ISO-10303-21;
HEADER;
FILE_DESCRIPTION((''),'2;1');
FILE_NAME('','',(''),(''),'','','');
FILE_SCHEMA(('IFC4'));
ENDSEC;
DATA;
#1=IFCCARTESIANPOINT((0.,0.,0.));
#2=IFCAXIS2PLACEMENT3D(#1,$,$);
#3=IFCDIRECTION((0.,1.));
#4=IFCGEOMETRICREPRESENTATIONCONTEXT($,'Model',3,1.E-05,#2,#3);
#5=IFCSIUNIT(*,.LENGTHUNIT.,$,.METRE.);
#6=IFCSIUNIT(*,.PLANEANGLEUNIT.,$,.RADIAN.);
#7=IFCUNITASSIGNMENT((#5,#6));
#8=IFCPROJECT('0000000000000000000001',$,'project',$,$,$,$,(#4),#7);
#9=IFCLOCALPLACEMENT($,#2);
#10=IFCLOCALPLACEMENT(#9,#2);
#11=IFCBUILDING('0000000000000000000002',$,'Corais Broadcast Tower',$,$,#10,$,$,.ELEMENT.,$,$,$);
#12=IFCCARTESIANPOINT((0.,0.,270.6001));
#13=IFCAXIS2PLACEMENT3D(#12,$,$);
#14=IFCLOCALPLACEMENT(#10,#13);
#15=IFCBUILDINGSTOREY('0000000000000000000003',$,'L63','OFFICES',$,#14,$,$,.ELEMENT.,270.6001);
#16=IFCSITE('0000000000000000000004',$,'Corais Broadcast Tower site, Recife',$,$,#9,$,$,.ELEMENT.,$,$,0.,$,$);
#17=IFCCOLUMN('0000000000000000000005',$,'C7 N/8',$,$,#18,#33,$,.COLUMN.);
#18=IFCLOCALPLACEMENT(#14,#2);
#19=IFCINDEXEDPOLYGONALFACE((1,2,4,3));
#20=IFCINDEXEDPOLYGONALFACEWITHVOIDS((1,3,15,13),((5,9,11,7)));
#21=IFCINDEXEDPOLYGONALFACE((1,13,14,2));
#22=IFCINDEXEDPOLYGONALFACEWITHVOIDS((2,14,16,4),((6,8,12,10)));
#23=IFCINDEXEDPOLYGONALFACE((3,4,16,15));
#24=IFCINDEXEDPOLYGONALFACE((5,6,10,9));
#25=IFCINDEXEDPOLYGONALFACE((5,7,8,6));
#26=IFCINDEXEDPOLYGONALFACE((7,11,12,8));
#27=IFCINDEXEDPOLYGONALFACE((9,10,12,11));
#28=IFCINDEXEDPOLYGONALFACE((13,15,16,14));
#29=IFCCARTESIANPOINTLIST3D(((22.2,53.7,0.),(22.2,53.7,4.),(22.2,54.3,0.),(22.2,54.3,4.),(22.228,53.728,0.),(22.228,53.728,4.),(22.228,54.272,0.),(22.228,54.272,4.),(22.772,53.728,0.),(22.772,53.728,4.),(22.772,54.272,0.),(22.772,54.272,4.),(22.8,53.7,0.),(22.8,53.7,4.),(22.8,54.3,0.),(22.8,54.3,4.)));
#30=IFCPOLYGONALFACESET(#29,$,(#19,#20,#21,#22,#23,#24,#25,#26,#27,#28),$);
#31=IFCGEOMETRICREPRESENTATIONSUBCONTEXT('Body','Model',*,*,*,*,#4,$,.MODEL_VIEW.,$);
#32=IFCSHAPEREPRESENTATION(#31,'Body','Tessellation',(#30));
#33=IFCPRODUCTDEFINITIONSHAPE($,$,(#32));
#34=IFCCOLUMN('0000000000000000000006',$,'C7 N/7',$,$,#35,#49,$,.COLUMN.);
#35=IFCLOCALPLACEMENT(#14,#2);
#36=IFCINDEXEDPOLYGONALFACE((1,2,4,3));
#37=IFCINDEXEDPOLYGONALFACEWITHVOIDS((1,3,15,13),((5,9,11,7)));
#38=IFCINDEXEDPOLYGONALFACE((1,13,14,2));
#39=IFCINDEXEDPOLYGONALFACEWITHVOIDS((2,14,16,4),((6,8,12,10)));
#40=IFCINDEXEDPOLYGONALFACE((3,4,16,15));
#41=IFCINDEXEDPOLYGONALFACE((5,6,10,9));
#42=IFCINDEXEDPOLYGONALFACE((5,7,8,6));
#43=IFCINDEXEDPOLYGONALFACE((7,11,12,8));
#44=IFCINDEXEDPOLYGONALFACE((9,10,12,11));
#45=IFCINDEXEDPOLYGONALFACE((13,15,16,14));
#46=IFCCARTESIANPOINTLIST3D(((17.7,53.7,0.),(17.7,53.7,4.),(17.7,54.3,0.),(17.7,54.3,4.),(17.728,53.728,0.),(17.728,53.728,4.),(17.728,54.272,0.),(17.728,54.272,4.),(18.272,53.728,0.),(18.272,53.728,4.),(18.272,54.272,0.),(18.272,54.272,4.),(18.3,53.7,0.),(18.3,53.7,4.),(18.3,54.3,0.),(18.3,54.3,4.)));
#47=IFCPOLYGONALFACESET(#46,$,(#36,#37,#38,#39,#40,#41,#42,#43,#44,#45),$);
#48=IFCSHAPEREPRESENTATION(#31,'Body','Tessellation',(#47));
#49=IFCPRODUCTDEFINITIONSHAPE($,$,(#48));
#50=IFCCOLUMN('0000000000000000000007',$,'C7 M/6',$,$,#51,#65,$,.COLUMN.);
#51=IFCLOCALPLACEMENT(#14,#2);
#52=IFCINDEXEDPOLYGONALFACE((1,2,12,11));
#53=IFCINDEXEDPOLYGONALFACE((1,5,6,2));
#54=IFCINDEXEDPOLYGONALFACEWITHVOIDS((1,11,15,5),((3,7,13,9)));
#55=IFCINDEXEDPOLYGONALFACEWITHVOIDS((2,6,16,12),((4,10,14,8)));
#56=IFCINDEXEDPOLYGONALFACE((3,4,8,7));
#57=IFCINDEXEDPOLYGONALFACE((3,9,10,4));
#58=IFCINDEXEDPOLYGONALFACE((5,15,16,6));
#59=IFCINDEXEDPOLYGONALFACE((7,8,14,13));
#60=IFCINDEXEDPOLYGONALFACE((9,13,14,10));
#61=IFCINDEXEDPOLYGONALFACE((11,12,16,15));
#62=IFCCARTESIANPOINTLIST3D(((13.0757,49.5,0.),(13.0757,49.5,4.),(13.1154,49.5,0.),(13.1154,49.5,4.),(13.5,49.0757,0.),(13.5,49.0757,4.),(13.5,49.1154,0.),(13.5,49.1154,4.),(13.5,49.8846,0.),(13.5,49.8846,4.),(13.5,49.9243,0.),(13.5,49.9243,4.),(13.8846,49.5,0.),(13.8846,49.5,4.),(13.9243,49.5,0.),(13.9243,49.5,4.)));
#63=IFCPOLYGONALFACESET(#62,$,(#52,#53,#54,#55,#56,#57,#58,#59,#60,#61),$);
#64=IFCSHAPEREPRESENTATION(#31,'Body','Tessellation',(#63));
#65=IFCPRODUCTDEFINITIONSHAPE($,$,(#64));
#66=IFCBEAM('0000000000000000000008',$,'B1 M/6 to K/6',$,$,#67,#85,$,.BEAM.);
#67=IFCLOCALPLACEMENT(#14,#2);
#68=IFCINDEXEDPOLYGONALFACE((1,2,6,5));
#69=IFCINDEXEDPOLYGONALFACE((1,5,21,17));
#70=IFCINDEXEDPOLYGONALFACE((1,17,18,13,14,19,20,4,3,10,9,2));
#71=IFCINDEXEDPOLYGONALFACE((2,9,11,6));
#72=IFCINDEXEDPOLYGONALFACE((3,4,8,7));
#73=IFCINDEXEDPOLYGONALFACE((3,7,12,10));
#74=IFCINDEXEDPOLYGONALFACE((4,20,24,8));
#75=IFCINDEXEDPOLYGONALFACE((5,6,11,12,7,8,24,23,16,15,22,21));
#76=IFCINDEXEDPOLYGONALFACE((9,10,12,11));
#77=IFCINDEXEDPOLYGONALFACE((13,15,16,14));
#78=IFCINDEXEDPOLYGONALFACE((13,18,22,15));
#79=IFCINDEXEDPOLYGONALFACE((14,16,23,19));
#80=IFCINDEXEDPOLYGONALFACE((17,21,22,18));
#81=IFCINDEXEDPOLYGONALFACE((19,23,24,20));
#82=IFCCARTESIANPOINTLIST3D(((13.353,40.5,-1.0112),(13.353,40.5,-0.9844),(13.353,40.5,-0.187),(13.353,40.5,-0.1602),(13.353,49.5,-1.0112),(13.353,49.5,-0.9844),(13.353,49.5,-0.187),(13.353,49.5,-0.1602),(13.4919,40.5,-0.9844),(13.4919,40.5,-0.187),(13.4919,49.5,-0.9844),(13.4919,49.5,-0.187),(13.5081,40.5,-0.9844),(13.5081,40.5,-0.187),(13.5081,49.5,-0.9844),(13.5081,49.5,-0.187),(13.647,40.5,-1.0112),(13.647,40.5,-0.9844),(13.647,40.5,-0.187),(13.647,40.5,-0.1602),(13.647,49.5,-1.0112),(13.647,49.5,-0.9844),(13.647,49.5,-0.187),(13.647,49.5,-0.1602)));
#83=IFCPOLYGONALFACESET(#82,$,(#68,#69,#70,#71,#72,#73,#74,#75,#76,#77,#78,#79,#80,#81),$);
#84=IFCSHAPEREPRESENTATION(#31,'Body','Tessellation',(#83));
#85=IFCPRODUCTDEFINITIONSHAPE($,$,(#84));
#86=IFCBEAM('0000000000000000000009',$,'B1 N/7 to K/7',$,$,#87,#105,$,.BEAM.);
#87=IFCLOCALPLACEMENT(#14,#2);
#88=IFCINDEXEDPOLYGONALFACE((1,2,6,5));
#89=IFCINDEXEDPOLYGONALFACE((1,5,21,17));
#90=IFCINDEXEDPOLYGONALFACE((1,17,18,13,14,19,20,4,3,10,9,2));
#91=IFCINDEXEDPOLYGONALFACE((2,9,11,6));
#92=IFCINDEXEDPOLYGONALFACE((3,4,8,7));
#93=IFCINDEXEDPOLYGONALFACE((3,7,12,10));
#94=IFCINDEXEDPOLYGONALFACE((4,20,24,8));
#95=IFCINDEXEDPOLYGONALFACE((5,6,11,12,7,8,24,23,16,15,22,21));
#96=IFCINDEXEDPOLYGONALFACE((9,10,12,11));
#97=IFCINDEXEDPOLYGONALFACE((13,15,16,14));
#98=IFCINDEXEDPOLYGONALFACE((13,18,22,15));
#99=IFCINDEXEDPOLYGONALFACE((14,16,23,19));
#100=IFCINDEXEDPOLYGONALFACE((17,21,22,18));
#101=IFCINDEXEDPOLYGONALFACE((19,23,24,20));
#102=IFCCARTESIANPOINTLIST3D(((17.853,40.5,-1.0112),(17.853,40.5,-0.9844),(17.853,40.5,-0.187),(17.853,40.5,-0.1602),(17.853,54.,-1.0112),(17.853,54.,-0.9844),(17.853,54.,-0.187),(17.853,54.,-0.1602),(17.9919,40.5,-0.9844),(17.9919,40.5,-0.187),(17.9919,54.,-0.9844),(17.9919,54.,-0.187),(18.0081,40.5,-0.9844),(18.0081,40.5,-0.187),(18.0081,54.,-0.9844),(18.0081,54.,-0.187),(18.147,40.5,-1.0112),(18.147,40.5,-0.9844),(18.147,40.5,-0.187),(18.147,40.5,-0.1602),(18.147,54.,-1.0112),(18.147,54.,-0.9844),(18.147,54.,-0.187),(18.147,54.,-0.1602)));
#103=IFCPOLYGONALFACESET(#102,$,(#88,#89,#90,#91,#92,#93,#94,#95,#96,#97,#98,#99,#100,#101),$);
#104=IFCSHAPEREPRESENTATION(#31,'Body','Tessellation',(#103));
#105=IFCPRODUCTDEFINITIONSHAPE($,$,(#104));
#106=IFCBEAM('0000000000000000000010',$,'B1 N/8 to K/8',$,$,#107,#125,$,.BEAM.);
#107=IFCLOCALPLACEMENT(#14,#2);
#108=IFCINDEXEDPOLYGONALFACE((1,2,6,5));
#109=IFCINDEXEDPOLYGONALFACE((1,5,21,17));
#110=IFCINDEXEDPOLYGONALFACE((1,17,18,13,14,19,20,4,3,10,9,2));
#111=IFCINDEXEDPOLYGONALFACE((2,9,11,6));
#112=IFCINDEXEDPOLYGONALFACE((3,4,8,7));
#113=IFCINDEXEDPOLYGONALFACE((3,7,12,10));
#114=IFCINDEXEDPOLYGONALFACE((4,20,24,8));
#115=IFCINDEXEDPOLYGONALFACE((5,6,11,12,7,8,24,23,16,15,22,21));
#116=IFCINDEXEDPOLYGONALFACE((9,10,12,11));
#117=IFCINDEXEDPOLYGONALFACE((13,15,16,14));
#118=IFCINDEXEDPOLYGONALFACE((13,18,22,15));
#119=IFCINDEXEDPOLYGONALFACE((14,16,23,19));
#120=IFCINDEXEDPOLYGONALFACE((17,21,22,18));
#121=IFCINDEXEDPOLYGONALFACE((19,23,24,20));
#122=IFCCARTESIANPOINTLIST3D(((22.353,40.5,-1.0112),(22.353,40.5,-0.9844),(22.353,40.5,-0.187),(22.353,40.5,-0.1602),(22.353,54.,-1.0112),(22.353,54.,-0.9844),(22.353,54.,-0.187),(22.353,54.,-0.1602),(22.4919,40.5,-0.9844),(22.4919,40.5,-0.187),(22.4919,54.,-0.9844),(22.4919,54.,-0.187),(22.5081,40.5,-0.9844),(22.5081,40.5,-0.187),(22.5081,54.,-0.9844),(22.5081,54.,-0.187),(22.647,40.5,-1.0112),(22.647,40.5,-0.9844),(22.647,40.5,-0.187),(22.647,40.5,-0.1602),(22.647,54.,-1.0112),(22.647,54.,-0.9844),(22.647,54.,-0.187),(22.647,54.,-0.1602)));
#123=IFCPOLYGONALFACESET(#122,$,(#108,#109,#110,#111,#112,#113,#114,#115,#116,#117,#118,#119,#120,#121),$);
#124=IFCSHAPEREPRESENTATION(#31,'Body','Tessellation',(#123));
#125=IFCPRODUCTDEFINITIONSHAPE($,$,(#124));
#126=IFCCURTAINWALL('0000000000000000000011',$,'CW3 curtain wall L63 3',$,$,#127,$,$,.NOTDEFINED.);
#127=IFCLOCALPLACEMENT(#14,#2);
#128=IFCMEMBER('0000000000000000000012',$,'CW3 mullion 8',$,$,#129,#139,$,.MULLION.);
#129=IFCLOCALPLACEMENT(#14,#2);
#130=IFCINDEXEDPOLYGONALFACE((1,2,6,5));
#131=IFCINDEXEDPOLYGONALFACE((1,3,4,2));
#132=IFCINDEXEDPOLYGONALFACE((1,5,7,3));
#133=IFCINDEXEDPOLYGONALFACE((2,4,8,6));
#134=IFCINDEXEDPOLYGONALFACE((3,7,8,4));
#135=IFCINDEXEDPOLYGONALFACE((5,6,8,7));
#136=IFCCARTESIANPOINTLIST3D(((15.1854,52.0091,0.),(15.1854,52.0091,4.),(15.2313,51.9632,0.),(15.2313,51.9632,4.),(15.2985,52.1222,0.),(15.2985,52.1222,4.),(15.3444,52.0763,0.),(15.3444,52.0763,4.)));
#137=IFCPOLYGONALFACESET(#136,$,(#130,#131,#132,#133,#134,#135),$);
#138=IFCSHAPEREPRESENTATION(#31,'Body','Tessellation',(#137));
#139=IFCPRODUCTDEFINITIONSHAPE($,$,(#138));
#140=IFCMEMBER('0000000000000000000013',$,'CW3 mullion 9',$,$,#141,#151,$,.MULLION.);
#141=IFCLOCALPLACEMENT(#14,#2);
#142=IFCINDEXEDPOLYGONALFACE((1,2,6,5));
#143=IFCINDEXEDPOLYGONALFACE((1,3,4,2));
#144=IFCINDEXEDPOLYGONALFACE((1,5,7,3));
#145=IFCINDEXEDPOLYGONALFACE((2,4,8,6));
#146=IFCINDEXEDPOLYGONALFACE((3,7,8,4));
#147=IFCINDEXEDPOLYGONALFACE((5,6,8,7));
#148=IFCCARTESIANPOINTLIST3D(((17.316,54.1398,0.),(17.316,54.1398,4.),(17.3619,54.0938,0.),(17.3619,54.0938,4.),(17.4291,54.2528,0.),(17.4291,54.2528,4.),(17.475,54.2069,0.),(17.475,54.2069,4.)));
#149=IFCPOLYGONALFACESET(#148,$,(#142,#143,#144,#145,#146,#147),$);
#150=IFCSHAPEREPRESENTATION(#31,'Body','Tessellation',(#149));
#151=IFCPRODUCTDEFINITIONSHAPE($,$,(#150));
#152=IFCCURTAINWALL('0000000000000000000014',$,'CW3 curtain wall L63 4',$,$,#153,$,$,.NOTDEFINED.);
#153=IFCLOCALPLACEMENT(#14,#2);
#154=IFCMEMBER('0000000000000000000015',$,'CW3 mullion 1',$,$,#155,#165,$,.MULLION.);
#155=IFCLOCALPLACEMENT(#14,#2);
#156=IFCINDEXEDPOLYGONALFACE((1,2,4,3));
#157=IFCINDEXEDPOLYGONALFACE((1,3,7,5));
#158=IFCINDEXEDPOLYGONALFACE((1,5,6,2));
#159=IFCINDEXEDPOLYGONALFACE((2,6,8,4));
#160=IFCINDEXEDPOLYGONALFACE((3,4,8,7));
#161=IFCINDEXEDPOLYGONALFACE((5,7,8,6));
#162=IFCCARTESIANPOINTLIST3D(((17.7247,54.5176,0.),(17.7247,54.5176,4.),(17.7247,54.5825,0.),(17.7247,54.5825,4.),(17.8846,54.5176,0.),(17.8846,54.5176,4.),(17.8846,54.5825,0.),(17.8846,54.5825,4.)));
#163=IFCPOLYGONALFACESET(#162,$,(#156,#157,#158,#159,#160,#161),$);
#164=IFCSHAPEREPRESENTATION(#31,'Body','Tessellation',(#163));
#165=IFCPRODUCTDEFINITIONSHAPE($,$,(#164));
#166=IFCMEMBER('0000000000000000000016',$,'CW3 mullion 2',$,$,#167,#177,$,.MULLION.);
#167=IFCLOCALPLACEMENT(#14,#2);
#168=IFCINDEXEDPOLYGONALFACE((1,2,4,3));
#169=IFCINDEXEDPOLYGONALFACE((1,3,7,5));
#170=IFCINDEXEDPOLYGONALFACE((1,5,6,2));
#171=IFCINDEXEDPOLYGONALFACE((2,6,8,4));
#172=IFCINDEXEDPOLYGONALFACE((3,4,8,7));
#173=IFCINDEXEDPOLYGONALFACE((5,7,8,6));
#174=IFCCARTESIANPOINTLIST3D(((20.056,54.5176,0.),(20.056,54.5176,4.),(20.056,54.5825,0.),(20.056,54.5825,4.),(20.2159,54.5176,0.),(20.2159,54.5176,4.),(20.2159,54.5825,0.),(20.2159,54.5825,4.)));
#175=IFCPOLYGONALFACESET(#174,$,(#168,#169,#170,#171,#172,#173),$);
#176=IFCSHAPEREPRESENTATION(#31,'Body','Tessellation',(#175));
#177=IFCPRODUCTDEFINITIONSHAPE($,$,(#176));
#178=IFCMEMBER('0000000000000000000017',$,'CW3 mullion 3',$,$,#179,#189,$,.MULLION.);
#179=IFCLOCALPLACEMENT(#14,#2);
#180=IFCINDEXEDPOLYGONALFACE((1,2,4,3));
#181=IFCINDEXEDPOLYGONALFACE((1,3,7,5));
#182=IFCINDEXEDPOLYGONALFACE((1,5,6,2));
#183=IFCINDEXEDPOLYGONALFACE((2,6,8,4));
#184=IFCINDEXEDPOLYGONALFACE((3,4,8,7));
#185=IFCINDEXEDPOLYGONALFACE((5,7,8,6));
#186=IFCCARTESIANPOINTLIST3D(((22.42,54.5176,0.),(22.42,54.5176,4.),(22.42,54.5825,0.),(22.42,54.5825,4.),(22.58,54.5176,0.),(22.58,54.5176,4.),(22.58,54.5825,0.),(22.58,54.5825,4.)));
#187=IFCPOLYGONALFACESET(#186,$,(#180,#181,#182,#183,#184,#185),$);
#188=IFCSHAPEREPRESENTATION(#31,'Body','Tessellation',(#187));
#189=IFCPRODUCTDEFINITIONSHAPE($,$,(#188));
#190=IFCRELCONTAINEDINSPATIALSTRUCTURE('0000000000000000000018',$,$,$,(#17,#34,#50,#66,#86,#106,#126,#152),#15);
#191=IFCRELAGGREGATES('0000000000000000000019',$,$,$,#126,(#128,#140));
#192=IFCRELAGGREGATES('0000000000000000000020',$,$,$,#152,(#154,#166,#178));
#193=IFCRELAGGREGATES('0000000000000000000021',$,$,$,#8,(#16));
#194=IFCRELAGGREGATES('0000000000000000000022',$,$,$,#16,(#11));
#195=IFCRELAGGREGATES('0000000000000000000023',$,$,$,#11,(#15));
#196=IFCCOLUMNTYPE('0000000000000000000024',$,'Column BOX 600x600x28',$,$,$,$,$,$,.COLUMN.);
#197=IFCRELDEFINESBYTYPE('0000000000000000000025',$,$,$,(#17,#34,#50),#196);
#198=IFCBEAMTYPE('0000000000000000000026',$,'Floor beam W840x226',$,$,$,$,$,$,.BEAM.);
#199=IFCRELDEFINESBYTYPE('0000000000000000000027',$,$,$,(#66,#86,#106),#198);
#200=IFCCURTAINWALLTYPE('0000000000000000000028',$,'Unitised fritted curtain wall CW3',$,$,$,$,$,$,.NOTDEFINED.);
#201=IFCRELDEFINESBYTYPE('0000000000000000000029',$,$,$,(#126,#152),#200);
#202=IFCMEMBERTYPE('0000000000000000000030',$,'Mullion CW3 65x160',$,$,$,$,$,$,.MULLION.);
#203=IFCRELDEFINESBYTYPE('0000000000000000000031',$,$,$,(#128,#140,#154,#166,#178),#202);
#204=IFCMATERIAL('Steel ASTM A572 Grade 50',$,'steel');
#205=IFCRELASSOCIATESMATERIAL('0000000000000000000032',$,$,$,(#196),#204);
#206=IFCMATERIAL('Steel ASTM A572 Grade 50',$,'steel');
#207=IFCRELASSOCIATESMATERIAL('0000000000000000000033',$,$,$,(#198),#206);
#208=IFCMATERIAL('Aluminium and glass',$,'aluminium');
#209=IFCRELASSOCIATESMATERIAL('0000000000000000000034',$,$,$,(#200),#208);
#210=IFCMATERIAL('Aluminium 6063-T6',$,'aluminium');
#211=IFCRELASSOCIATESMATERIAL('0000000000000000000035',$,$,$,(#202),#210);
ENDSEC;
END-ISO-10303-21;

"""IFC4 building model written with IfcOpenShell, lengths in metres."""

from ifc_helpers import new_model, si_unit, direction, frame, origin, origin_2d, place, context, subcontext, project, spatial, rectangle, hollow_rectangle, i_section, extrude, material, material_profile, profile_set, type_object, element, aggregate, save


model = new_model("IFC4")

# Units and contexts
model_context = context("Model", 3, precision=1e-05, world=origin(), true_north=direction((0.0, 1.0)))
body_context = subcontext(model_context, "Body", "Model", "MODEL_VIEW")
ifc_project = project(units=[si_unit("LENGTHUNIT", "METRE"), si_unit("PLANEANGLEUNIT", "RADIAN")], contexts=[model_context])

# Site, building, storey
site_placement = place(None, origin())
site = spatial("IfcSite", under=ifc_project, at=site_placement, Name="Corais Broadcast Tower site, Recife", CompositionType="ELEMENT", RefElevation=0.0)
building_placement = place(site_placement, origin())
building = spatial("IfcBuilding", under=site, at=building_placement, Name="Corais Broadcast Tower", CompositionType="ELEMENT")
storey_placement = place(building_placement, frame((0.0, 0.0, 270.6001)))
storey = spatial("IfcBuildingStorey", under=building, at=storey_placement, Name="L63", Description="OFFICES", CompositionType="ELEMENT", Elevation=270.6001)

# Columns
ifc_material_1 = material(Name="Steel ASTM A572 Grade 50", Category="steel")
ifc_material_profile_1 = material_profile(ifc_material_1, hollow_rectangle(XDim=0.6001, YDim=0.6001, WallThickness=0.0281, at=origin_2d()), Name="BOX 600x600x28")
ifc_profile_set_1 = profile_set([ifc_material_profile_1], Name="Steel ASTM A572 Grade 50")
column_type = type_object("IfcColumnType", Name="Column BOX 600x600x28", PredefinedType="COLUMN", material=ifc_profile_set_1)
for number, where, z_axis, x_axis, name in (
    (1, (22.5, 54.0, 0.0), (0.0, 0.0, 1.0), (1.0, 0.0, 0.0), "C7 N/8"),
    (2, (18.0, 54.0, 0.0), (0.0, 0.0, 1.0), (1.0, 0.0, 0.0), "C7 N/7"),
    (3, (13.5, 49.5, 0.0), (0.0, 0.0, 1.0), (0.707107, 0.707107, 0.0), "C7 M/6"),
):
    element("IfcColumn", number, at=place(storey_placement, frame(where, z_axis=z_axis, x_axis=x_axis)), inside=storey, type_object=column_type, Name=name, PredefinedType="COLUMN", context=body_context, shape_type="SweptSolid", body=[
        extrude(hollow_rectangle(XDim=0.6001, YDim=0.6001, WallThickness=0.0281, at=origin_2d()), origin(), (0.0, 0.0, 1.0), 4.0),
    ])

# Beams
ifc_material_2 = material(Name="Steel ASTM A572 Grade 50", Category="steel")
ifc_material_profile_2 = material_profile(ifc_material_2, i_section(OverallWidth=0.2939, OverallDepth=0.8511, WebThickness=0.0161, FlangeThickness=0.0269, at=origin_2d()), Name="W840x226")
ifc_profile_set_2 = profile_set([ifc_material_profile_2], Name="Steel ASTM A572 Grade 50")
beam_type_1 = type_object("IfcBeamType", Name="Floor beam W840x226", PredefinedType="BEAM", material=ifc_profile_set_2)
beam_1_placement = place(storey_placement, frame((13.5, 49.5, -0.5857), z_axis=(0.0, -1.0, 0.0), x_axis=(1.0, 0.0, 0.0)))
element("IfcBeam", 4, at=beam_1_placement, inside=storey, type_object=beam_type_1, Name="B1 M/6 to K/6", PredefinedType="BEAM", context=body_context, shape_type="SweptSolid", body=[
    extrude(i_section(OverallWidth=0.2939, OverallDepth=0.8511, WebThickness=0.0161, FlangeThickness=0.0269, at=origin_2d()), origin(), (0.0, 0.0, 1.0), 9.0),
])
for number, where, z_axis, x_axis, name in (
    (5, (18.0, 54.0, -0.5857), (0.0, -1.0, 0.0), (1.0, 0.0, 0.0), "B1 N/7 to K/7"),
    (6, (22.5, 54.0, -0.5857), (0.0, -1.0, 0.0), (1.0, 0.0, 0.0), "B1 N/8 to K/8"),
):
    element("IfcBeam", number, at=place(storey_placement, frame(where, z_axis=z_axis, x_axis=x_axis)), inside=storey, type_object=beam_type_1, Name=name, PredefinedType="BEAM", context=body_context, shape_type="SweptSolid", body=[
        extrude(i_section(OverallWidth=0.2939, OverallDepth=0.8511, WebThickness=0.0161, FlangeThickness=0.0269, at=origin_2d()), origin(), (0.0, 0.0, 1.0), 13.5),
    ])

# Curtain walls, members
ifc_material_3 = material(Name="Aluminium and glass", Category="aluminium")
curtain_wall_type = type_object("IfcCurtainWallType", Name="Unitised fritted curtain wall CW3", PredefinedType="NOTDEFINED", material=ifc_material_3)
curtain_wall_1_placement = place(storey_placement, origin())
curtain_wall_1 = element("IfcCurtainWall", 7, at=curtain_wall_1_placement, inside=storey, type_object=curtain_wall_type, Name="CW3 curtain wall L63 3", PredefinedType="NOTDEFINED")
ifc_material_4 = material(Name="Aluminium 6063-T6", Category="aluminium")
ifc_material_profile_3 = material_profile(ifc_material_4, rectangle(XDim=0.0649, YDim=0.1599, at=origin_2d()), Name="Mullion CW3 65x160")
ifc_profile_set_3 = profile_set([ifc_material_profile_3], Name="Aluminium 6063-T6")
member_type_1 = type_object("IfcMemberType", Name="Mullion CW3 65x160", PredefinedType="MULLION", material=ifc_profile_set_3)
member_1_placement = place(storey_placement, frame((15.2649, 52.0427, 0.0), z_axis=(0.0, 0.0, 1.0), x_axis=(-0.707107, 0.707107, 0.0)))
member_1 = element("IfcMember", 8, at=member_1_placement, type_object=member_type_1, Name="CW3 mullion 8", PredefinedType="MULLION", context=body_context, shape_type="SweptSolid", body=[
    extrude(rectangle(XDim=0.0649, YDim=0.1599, at=origin_2d()), origin(), (0.0, 0.0, 1.0), 4.0),
])
member_2_placement = place(storey_placement, frame((17.3955, 54.1733, 0.0), z_axis=(0.0, 0.0, 1.0), x_axis=(-0.707107, 0.707107, 0.0)))
member_2 = element("IfcMember", 9, at=member_2_placement, type_object=member_type_1, Name="CW3 mullion 9", PredefinedType="MULLION", context=body_context, shape_type="SweptSolid", body=[
    extrude(rectangle(XDim=0.0649, YDim=0.1599, at=origin_2d()), origin(), (0.0, 0.0, 1.0), 4.0),
])
curtain_wall_2_placement = place(storey_placement, origin())
curtain_wall_2 = element("IfcCurtainWall", 10, at=curtain_wall_2_placement, inside=storey, type_object=curtain_wall_type, Name="CW3 curtain wall L63 4", PredefinedType="NOTDEFINED")
member_3_placement = place(storey_placement, frame((17.8047, 54.55, 0.0), z_axis=(0.0, 0.0, 1.0), x_axis=(0.0, 1.0, 0.0)))
member_3 = element("IfcMember", 11, at=member_3_placement, type_object=member_type_1, Name="CW3 mullion 1", PredefinedType="MULLION", context=body_context, shape_type="SweptSolid", body=[
    extrude(rectangle(XDim=0.0649, YDim=0.1599, at=origin_2d()), origin(), (0.0, 0.0, 1.0), 4.0),
])
member_4_placement = place(storey_placement, frame((20.136, 54.55, 0.0), z_axis=(0.0, 0.0, 1.0), x_axis=(0.0, 1.0, 0.0)))
member_4 = element("IfcMember", 12, at=member_4_placement, type_object=member_type_1, Name="CW3 mullion 2", PredefinedType="MULLION", context=body_context, shape_type="SweptSolid", body=[
    extrude(rectangle(XDim=0.0649, YDim=0.1599, at=origin_2d()), origin(), (0.0, 0.0, 1.0), 4.0),
])
member_5_placement = place(storey_placement, frame((22.5, 54.55, 0.0), z_axis=(0.0, 0.0, 1.0), x_axis=(0.0, 1.0, 0.0)))
member_5 = element("IfcMember", 13, at=member_5_placement, type_object=member_type_1, Name="CW3 mullion 3", PredefinedType="MULLION", context=body_context, shape_type="SweptSolid", body=[
    extrude(rectangle(XDim=0.0649, YDim=0.1599, at=origin_2d()), origin(), (0.0, 0.0, 1.0), 4.0),
])

aggregate(curtain_wall_1, [member_1, member_2])
aggregate(curtain_wall_2, [member_3, member_4, member_5])

save(model, "model.ifc")
